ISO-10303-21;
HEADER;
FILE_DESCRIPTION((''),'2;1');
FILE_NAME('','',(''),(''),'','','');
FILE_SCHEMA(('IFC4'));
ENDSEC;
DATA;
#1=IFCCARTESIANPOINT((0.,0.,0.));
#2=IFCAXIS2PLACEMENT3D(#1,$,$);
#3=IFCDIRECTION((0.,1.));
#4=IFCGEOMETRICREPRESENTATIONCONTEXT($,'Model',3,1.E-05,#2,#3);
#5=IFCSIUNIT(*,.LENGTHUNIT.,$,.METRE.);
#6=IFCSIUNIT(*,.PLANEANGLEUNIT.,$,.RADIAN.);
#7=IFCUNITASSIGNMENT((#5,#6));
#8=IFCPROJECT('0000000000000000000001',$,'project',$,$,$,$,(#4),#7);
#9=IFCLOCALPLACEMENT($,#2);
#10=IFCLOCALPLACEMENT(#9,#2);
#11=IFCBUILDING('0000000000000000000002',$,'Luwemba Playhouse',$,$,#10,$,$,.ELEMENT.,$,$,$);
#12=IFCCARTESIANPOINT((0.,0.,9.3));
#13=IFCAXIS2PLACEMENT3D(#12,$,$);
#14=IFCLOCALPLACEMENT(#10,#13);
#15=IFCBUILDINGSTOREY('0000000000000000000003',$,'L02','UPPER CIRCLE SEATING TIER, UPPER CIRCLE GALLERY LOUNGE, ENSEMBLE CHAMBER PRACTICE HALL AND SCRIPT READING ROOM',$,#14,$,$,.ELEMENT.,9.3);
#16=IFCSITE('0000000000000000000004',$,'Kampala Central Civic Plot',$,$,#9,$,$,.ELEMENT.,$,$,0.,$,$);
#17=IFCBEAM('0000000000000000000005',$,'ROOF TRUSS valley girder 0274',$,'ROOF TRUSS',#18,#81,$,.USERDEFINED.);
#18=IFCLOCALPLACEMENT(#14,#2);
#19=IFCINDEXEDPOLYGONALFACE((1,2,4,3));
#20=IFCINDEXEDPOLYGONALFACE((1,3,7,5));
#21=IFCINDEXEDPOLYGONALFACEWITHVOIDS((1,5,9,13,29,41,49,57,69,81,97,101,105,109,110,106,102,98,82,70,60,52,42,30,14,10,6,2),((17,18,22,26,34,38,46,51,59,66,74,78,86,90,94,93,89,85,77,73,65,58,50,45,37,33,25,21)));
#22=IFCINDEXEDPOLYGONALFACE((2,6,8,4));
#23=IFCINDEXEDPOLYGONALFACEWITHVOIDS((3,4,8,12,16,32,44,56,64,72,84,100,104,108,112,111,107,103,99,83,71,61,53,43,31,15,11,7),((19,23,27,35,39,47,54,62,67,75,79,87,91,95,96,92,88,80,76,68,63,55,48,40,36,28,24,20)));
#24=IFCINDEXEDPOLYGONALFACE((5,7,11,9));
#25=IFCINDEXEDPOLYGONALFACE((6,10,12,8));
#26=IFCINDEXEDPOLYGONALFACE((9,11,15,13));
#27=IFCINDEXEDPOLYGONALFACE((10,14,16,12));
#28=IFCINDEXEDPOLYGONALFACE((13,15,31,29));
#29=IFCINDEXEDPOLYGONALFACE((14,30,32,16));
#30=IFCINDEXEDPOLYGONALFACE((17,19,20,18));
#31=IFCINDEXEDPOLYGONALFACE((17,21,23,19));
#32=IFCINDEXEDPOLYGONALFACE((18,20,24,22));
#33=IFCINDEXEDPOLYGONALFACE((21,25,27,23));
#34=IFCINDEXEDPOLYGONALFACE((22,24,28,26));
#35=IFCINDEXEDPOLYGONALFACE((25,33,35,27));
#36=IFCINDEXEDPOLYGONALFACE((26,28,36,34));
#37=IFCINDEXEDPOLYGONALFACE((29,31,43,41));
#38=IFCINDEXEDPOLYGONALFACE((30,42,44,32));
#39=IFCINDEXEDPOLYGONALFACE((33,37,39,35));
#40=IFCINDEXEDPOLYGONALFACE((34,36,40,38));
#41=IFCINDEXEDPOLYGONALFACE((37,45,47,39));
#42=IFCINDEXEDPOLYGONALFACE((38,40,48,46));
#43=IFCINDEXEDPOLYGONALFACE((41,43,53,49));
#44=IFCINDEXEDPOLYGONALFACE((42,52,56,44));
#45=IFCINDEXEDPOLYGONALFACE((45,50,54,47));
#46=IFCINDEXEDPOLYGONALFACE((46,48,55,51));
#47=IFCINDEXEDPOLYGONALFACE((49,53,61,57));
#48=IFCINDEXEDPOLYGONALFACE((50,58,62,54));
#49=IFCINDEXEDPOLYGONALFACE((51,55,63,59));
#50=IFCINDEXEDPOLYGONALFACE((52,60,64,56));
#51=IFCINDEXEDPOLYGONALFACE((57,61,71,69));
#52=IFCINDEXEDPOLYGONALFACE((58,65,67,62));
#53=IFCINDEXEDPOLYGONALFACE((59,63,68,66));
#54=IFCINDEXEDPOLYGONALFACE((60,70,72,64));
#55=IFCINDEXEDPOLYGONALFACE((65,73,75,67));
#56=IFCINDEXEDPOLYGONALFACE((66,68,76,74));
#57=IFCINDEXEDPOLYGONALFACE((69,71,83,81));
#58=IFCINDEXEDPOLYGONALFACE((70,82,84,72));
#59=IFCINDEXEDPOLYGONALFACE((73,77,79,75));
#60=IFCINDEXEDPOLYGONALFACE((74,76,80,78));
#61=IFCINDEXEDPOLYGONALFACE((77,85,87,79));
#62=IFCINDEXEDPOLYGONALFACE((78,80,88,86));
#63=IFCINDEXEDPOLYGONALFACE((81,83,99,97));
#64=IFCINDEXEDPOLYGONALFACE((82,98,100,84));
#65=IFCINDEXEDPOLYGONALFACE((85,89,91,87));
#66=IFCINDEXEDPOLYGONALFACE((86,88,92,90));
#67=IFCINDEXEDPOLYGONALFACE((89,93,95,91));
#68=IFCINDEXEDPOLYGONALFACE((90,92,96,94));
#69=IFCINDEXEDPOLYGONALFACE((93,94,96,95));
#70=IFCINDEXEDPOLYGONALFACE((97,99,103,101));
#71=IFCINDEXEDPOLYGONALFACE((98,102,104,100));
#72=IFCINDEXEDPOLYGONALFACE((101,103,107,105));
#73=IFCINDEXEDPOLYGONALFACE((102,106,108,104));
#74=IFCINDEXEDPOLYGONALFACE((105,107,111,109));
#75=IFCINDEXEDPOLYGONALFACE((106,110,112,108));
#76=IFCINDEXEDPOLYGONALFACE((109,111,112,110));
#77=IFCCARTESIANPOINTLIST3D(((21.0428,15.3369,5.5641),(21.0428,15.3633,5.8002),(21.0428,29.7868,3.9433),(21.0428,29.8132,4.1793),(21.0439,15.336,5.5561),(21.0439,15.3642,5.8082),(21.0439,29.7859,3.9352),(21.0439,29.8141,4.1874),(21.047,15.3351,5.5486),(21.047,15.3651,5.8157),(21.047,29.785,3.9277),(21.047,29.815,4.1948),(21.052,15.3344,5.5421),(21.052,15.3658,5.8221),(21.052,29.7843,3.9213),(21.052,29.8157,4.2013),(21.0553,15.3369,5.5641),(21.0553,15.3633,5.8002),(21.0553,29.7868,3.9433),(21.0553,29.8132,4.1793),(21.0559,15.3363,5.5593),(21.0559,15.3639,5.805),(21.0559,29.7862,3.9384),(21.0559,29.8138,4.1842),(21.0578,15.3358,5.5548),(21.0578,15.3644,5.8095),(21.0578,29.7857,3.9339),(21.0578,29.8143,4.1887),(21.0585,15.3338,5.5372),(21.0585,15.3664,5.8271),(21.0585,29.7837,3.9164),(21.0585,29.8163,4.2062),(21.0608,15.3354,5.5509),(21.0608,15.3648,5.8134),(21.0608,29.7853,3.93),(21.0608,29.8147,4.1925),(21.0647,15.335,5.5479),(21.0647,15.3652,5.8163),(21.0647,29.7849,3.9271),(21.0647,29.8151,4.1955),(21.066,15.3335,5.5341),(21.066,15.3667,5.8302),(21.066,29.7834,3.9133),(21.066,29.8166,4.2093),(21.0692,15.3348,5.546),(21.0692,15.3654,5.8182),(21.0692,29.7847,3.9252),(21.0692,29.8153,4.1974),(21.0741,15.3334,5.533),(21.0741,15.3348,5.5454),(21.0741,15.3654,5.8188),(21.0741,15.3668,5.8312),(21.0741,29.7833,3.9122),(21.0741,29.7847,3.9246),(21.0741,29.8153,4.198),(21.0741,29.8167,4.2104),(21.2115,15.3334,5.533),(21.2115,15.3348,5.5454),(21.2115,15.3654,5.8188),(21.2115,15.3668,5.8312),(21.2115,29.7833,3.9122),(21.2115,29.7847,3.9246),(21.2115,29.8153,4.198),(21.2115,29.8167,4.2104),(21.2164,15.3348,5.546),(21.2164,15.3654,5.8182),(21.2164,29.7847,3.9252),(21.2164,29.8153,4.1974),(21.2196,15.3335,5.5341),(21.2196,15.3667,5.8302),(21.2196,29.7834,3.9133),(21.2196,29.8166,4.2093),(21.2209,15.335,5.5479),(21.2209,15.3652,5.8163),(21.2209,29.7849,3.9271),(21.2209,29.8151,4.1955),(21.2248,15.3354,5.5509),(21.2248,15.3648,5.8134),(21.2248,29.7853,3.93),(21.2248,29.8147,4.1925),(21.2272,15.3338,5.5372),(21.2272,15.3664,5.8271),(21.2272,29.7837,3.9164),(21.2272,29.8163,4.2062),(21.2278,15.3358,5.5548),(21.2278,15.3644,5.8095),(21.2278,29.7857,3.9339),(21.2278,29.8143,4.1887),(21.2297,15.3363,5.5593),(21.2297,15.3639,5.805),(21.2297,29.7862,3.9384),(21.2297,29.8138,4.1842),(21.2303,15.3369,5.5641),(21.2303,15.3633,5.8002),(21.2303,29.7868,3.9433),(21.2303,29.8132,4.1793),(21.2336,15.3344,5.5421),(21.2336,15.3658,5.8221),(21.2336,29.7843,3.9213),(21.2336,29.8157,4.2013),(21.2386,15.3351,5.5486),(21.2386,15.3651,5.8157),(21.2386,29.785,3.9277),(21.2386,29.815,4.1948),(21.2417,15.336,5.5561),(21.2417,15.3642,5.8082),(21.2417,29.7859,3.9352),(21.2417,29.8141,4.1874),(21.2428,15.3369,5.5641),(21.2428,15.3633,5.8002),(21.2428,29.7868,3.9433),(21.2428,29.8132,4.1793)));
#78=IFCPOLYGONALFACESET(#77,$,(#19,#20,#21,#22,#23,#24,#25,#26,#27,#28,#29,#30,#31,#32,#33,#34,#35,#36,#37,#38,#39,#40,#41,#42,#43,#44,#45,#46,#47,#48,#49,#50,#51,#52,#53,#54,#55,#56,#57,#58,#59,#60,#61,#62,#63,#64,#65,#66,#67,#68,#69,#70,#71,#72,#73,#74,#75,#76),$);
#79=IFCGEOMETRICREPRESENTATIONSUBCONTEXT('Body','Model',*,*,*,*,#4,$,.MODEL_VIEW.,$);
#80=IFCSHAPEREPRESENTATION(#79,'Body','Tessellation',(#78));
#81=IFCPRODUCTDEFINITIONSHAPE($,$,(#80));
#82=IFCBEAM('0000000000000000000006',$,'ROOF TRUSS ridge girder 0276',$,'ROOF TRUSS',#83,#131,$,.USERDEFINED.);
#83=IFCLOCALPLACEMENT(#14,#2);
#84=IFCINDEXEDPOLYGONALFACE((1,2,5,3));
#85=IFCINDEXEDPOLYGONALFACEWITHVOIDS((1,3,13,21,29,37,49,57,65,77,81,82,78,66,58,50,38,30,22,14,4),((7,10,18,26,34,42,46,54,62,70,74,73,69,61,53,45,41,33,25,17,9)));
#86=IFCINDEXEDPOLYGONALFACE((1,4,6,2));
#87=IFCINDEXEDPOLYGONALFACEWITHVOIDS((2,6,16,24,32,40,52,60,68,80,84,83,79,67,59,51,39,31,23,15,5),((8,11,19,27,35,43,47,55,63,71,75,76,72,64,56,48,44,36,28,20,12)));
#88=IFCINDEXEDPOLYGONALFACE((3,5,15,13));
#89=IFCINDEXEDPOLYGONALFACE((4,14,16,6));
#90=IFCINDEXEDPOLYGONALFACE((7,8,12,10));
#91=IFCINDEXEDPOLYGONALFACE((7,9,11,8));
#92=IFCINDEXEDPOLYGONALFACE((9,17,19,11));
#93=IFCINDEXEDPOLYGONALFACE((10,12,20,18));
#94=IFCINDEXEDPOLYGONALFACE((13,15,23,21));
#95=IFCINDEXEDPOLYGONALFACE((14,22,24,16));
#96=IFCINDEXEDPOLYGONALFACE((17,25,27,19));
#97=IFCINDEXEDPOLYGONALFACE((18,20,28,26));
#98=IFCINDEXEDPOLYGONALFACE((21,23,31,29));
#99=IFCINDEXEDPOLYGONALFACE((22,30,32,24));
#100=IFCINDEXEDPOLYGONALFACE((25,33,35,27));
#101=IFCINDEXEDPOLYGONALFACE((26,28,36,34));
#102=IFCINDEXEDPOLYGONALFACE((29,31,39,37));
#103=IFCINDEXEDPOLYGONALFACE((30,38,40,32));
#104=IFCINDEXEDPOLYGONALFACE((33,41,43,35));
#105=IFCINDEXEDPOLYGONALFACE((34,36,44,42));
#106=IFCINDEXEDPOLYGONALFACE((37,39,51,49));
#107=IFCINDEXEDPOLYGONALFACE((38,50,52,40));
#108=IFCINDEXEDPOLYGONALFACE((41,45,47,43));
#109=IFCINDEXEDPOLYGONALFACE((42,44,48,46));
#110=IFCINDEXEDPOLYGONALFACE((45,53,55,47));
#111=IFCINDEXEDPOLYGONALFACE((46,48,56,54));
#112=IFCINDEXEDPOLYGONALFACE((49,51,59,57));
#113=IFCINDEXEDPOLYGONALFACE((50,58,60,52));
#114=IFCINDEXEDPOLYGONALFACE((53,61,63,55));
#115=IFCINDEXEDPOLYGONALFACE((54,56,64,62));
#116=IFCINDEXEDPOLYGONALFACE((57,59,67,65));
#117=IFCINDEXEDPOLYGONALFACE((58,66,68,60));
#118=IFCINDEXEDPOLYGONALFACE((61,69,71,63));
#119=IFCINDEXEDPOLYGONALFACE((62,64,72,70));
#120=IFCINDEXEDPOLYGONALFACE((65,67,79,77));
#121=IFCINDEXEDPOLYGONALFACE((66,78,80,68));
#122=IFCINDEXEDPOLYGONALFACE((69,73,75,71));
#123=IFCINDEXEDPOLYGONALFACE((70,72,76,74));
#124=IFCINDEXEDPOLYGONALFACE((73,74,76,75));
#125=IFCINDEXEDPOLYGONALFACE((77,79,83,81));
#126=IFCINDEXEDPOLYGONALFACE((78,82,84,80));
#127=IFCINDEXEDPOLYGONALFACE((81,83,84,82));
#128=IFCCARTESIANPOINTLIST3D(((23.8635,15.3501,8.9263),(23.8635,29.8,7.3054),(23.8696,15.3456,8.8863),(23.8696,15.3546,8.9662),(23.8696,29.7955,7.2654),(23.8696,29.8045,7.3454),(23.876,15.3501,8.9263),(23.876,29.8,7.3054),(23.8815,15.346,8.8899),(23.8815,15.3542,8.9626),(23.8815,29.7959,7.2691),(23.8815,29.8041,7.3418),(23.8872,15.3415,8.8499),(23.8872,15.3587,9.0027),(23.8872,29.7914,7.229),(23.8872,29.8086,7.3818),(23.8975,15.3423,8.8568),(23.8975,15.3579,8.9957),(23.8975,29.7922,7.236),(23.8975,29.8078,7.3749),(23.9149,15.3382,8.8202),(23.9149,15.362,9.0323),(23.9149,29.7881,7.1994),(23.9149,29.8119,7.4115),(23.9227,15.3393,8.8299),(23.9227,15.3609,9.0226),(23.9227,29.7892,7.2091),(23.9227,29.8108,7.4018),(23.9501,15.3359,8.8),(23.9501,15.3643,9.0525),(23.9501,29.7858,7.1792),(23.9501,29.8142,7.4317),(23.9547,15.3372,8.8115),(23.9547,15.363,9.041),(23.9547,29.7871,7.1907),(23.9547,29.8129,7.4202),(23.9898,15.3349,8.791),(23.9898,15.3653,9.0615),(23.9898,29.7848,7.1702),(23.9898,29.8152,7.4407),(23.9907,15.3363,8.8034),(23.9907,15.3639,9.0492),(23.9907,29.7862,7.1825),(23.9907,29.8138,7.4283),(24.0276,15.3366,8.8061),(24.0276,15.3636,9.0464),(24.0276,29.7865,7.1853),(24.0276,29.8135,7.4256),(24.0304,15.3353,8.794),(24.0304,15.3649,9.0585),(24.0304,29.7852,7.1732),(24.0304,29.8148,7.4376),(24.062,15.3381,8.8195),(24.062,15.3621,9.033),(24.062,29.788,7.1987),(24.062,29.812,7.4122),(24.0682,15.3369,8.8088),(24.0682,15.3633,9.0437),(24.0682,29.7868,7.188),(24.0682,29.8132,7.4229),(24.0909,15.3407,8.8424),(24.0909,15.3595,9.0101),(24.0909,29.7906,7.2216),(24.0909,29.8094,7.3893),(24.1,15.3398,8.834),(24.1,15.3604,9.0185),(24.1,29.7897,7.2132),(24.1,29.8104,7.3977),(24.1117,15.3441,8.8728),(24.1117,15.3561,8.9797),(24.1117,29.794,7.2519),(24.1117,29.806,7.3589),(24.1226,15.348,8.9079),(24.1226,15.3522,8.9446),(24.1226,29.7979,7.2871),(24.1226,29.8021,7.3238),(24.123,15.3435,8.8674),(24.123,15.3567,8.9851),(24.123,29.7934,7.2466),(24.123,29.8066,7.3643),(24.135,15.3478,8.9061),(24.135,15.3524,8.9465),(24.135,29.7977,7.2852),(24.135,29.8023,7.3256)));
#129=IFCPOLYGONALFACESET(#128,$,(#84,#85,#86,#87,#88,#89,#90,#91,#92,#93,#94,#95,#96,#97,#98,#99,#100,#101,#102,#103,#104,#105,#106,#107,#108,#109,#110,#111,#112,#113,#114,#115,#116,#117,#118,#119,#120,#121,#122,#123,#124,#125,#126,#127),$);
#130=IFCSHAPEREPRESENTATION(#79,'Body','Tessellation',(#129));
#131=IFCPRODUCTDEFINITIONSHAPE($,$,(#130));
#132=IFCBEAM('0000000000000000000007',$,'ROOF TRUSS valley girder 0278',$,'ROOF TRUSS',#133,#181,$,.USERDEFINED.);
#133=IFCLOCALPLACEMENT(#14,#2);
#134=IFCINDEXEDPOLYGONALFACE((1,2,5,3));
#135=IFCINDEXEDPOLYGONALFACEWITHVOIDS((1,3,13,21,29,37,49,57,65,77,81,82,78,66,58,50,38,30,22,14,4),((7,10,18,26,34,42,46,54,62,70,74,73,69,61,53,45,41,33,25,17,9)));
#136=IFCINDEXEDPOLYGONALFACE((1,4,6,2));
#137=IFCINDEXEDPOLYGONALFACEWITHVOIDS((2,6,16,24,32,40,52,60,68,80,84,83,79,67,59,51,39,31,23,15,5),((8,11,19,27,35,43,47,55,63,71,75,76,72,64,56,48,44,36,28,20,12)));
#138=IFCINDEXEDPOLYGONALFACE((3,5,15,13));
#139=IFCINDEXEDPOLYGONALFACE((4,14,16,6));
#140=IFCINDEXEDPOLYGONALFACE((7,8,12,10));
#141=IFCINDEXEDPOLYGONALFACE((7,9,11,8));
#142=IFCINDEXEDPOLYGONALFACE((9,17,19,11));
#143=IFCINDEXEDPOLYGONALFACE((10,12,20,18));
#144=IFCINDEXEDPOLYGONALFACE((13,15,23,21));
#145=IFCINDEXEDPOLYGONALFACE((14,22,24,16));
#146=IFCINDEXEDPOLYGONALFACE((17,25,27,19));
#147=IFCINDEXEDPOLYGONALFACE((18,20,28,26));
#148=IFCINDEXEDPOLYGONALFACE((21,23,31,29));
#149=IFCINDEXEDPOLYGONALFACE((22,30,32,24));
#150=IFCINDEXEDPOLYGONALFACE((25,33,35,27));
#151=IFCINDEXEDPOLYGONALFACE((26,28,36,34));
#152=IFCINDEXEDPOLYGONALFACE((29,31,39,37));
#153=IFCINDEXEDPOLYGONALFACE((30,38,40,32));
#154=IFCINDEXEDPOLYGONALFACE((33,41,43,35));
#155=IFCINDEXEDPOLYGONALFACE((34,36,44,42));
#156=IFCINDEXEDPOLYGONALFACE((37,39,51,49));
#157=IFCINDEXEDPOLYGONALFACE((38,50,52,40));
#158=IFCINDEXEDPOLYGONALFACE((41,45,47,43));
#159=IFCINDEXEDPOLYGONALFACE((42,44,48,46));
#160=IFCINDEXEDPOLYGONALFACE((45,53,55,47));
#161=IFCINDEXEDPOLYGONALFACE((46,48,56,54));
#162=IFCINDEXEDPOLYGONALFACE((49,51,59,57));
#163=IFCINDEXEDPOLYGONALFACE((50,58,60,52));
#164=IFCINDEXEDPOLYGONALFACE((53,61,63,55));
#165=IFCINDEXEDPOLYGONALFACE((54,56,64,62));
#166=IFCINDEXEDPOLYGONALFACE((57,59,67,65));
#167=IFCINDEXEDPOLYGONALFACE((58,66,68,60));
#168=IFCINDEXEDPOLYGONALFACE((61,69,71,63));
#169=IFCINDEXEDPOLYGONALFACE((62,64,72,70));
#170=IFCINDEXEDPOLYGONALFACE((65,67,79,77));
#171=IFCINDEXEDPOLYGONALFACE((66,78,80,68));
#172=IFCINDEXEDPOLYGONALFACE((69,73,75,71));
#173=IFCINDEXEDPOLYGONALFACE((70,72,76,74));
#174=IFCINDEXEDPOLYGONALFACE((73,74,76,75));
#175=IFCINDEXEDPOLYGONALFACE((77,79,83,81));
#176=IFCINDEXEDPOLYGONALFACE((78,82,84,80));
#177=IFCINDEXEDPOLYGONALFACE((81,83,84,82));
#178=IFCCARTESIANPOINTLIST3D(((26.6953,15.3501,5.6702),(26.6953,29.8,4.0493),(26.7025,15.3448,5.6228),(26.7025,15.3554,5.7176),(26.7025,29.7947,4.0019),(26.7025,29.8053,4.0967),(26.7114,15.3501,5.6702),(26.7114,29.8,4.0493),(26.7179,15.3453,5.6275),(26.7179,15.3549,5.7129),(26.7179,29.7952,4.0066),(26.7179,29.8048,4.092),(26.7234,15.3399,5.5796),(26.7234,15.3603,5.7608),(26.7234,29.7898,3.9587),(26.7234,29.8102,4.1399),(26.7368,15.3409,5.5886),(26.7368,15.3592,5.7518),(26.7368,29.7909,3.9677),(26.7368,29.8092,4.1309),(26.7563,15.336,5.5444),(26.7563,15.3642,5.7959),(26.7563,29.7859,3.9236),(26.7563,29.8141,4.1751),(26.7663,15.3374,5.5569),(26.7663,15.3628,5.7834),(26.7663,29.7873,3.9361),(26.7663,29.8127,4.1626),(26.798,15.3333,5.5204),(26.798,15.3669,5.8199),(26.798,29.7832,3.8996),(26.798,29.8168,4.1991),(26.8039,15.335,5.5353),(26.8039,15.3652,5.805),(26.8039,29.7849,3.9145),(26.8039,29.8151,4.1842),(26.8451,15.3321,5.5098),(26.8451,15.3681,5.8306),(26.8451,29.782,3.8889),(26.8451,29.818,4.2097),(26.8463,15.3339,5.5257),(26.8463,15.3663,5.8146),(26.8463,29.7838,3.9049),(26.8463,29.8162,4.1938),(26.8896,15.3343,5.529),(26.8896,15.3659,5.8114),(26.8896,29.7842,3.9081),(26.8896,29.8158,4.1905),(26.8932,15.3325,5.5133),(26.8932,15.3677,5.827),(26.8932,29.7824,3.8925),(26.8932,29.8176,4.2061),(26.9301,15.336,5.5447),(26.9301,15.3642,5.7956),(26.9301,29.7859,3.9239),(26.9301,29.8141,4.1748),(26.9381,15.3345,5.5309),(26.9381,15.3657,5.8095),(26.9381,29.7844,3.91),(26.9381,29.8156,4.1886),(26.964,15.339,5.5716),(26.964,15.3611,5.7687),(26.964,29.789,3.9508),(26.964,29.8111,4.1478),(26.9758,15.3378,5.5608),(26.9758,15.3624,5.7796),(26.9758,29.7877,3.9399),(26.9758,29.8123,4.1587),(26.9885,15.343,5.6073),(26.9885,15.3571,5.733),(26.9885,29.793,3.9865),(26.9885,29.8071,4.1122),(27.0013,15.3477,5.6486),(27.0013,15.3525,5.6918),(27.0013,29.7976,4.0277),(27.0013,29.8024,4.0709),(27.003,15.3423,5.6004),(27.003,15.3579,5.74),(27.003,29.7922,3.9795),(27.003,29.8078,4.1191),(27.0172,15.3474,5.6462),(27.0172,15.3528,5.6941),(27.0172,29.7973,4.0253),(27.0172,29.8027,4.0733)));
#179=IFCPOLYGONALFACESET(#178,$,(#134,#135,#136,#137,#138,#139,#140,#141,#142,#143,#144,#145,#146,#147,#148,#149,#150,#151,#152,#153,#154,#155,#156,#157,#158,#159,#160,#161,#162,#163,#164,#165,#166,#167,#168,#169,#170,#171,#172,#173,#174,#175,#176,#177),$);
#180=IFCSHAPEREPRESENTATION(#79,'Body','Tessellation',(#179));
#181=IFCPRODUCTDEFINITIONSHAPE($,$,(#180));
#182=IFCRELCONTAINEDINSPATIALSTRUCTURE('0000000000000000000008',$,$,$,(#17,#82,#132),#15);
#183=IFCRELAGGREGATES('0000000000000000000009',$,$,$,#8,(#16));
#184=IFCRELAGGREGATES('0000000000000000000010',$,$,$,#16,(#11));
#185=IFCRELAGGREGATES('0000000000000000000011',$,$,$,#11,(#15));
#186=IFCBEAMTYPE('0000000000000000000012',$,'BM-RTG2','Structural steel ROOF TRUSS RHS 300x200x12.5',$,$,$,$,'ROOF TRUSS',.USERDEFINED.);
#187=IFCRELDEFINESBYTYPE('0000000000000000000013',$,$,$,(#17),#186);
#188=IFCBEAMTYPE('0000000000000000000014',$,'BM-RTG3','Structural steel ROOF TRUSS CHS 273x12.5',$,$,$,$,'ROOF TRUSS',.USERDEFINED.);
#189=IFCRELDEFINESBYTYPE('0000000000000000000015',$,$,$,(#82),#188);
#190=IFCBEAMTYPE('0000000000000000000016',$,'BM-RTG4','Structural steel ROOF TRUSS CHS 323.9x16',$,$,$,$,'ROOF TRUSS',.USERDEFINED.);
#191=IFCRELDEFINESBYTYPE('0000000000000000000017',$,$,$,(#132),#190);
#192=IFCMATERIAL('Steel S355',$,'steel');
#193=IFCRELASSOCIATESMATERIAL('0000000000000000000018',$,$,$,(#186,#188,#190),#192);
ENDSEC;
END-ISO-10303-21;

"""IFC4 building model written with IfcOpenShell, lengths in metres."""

from ifc_helpers import new_model, si_unit, direction, frame, origin, origin_2d, place, context, subcontext, project, spatial, hollow_rectangle, hollow_circle, extrude, material, material_profile, profile_set, type_object, element, save


model = new_model("IFC4")

# Units and contexts
model_context = context("Model", 3, precision=1e-05, world=origin(), true_north=direction((0.0, 1.0)))
body_context = subcontext(model_context, "Body", "Model", "MODEL_VIEW")
ifc_project = project(units=[si_unit("LENGTHUNIT", "METRE"), si_unit("PLANEANGLEUNIT", "RADIAN")], contexts=[model_context])

# Site, building, storey
site_placement = place(None, origin())
site = spatial("IfcSite", under=ifc_project, at=site_placement, Name="Kampala Central Civic Plot", CompositionType="ELEMENT", RefElevation=0.0)
building_placement = place(site_placement, origin())
building = spatial("IfcBuilding", under=site, at=building_placement, Name="Luwemba Playhouse", CompositionType="ELEMENT")
storey_placement = place(building_placement, frame((0.0, 0.0, 9.3)))
storey = spatial("IfcBuildingStorey", under=building, at=storey_placement, Name="L02", Description="UPPER CIRCLE SEATING TIER, UPPER CIRCLE GALLERY LOUNGE, ENSEMBLE CHAMBER PRACTICE HALL AND SCRIPT READING ROOM", CompositionType="ELEMENT", Elevation=9.3)

# Beams
ifc_material_1 = material(Name="Steel S355", Category="steel")
ifc_material_profile_1 = material_profile(ifc_material_1, hollow_rectangle(XDim=0.2, YDim=0.3, WallThickness=0.0125, InnerFilletRadius=0.0188, OuterFilletRadius=0.0312, at=origin_2d()))
ifc_profile_set_1 = profile_set([ifc_material_profile_1], Name="Steel S355")
beam_type_1 = type_object("IfcBeamType", Name="BM-RTG2", Description="Structural steel ROOF TRUSS RHS 300x200x12.5", ElementType="ROOF TRUSS", PredefinedType="USERDEFINED", material=ifc_profile_set_1)
beam_1_placement = place(storey_placement, frame((21.1428, 15.3501, 5.6821), z_axis=(0.0, 0.993768, -0.111471), x_axis=(-1.0, 0.0, 0.0)))
element("IfcBeam", 1, at=beam_1_placement, inside=storey, type_object=beam_type_1, Name="ROOF TRUSS valley girder 0274", ObjectType="ROOF TRUSS", PredefinedType="USERDEFINED", context=body_context, shape_type="SweptSolid", body=[
    extrude(hollow_rectangle(XDim=0.2, YDim=0.3, WallThickness=0.0125, InnerFilletRadius=0.0188, OuterFilletRadius=0.0312, at=origin_2d()), origin(), (0.0, 0.0, 1.0), 14.5405),
])
ifc_material_profile_2 = material_profile(ifc_material_1, hollow_circle(Radius=0.1365, WallThickness=0.0125, at=origin_2d()))
ifc_profile_set_2 = profile_set([ifc_material_profile_2], Name="Steel S355")
beam_type_2 = type_object("IfcBeamType", Name="BM-RTG3", Description="Structural steel ROOF TRUSS CHS 273x12.5", ElementType="ROOF TRUSS", PredefinedType="USERDEFINED", material=ifc_profile_set_2)
beam_2_placement = place(storey_placement, frame((24.0, 15.3501, 8.9263), z_axis=(0.0, 0.993768, -0.111471), x_axis=(-1.0, 0.0, 0.0)))
element("IfcBeam", 2, at=beam_2_placement, inside=storey, type_object=beam_type_2, Name="ROOF TRUSS ridge girder 0276", ObjectType="ROOF TRUSS", PredefinedType="USERDEFINED", context=body_context, shape_type="SweptSolid", body=[
    extrude(hollow_circle(Radius=0.1365, WallThickness=0.0125, at=origin_2d()), origin(), (0.0, 0.0, 1.0), 14.5405),
])
ifc_material_profile_3 = material_profile(ifc_material_1, hollow_circle(Radius=0.1619, WallThickness=0.0161, at=origin_2d()))
ifc_profile_set_3 = profile_set([ifc_material_profile_3], Name="Steel S355")
beam_type_3 = type_object("IfcBeamType", Name="BM-RTG4", Description="Structural steel ROOF TRUSS CHS 323.9x16", ElementType="ROOF TRUSS", PredefinedType="USERDEFINED", material=ifc_profile_set_3)
beam_3_placement = place(storey_placement, frame((26.8572, 15.3501, 5.6702), z_axis=(0.0, 0.993768, -0.111471), x_axis=(-1.0, 0.0, 0.0)))
element("IfcBeam", 3, at=beam_3_placement, inside=storey, type_object=beam_type_3, Name="ROOF TRUSS valley girder 0278", ObjectType="ROOF TRUSS", PredefinedType="USERDEFINED", context=body_context, shape_type="SweptSolid", body=[
    extrude(hollow_circle(Radius=0.1619, WallThickness=0.0161, at=origin_2d()), origin(), (0.0, 0.0, 1.0), 14.5405),
])

save(model, "model.ifc")
